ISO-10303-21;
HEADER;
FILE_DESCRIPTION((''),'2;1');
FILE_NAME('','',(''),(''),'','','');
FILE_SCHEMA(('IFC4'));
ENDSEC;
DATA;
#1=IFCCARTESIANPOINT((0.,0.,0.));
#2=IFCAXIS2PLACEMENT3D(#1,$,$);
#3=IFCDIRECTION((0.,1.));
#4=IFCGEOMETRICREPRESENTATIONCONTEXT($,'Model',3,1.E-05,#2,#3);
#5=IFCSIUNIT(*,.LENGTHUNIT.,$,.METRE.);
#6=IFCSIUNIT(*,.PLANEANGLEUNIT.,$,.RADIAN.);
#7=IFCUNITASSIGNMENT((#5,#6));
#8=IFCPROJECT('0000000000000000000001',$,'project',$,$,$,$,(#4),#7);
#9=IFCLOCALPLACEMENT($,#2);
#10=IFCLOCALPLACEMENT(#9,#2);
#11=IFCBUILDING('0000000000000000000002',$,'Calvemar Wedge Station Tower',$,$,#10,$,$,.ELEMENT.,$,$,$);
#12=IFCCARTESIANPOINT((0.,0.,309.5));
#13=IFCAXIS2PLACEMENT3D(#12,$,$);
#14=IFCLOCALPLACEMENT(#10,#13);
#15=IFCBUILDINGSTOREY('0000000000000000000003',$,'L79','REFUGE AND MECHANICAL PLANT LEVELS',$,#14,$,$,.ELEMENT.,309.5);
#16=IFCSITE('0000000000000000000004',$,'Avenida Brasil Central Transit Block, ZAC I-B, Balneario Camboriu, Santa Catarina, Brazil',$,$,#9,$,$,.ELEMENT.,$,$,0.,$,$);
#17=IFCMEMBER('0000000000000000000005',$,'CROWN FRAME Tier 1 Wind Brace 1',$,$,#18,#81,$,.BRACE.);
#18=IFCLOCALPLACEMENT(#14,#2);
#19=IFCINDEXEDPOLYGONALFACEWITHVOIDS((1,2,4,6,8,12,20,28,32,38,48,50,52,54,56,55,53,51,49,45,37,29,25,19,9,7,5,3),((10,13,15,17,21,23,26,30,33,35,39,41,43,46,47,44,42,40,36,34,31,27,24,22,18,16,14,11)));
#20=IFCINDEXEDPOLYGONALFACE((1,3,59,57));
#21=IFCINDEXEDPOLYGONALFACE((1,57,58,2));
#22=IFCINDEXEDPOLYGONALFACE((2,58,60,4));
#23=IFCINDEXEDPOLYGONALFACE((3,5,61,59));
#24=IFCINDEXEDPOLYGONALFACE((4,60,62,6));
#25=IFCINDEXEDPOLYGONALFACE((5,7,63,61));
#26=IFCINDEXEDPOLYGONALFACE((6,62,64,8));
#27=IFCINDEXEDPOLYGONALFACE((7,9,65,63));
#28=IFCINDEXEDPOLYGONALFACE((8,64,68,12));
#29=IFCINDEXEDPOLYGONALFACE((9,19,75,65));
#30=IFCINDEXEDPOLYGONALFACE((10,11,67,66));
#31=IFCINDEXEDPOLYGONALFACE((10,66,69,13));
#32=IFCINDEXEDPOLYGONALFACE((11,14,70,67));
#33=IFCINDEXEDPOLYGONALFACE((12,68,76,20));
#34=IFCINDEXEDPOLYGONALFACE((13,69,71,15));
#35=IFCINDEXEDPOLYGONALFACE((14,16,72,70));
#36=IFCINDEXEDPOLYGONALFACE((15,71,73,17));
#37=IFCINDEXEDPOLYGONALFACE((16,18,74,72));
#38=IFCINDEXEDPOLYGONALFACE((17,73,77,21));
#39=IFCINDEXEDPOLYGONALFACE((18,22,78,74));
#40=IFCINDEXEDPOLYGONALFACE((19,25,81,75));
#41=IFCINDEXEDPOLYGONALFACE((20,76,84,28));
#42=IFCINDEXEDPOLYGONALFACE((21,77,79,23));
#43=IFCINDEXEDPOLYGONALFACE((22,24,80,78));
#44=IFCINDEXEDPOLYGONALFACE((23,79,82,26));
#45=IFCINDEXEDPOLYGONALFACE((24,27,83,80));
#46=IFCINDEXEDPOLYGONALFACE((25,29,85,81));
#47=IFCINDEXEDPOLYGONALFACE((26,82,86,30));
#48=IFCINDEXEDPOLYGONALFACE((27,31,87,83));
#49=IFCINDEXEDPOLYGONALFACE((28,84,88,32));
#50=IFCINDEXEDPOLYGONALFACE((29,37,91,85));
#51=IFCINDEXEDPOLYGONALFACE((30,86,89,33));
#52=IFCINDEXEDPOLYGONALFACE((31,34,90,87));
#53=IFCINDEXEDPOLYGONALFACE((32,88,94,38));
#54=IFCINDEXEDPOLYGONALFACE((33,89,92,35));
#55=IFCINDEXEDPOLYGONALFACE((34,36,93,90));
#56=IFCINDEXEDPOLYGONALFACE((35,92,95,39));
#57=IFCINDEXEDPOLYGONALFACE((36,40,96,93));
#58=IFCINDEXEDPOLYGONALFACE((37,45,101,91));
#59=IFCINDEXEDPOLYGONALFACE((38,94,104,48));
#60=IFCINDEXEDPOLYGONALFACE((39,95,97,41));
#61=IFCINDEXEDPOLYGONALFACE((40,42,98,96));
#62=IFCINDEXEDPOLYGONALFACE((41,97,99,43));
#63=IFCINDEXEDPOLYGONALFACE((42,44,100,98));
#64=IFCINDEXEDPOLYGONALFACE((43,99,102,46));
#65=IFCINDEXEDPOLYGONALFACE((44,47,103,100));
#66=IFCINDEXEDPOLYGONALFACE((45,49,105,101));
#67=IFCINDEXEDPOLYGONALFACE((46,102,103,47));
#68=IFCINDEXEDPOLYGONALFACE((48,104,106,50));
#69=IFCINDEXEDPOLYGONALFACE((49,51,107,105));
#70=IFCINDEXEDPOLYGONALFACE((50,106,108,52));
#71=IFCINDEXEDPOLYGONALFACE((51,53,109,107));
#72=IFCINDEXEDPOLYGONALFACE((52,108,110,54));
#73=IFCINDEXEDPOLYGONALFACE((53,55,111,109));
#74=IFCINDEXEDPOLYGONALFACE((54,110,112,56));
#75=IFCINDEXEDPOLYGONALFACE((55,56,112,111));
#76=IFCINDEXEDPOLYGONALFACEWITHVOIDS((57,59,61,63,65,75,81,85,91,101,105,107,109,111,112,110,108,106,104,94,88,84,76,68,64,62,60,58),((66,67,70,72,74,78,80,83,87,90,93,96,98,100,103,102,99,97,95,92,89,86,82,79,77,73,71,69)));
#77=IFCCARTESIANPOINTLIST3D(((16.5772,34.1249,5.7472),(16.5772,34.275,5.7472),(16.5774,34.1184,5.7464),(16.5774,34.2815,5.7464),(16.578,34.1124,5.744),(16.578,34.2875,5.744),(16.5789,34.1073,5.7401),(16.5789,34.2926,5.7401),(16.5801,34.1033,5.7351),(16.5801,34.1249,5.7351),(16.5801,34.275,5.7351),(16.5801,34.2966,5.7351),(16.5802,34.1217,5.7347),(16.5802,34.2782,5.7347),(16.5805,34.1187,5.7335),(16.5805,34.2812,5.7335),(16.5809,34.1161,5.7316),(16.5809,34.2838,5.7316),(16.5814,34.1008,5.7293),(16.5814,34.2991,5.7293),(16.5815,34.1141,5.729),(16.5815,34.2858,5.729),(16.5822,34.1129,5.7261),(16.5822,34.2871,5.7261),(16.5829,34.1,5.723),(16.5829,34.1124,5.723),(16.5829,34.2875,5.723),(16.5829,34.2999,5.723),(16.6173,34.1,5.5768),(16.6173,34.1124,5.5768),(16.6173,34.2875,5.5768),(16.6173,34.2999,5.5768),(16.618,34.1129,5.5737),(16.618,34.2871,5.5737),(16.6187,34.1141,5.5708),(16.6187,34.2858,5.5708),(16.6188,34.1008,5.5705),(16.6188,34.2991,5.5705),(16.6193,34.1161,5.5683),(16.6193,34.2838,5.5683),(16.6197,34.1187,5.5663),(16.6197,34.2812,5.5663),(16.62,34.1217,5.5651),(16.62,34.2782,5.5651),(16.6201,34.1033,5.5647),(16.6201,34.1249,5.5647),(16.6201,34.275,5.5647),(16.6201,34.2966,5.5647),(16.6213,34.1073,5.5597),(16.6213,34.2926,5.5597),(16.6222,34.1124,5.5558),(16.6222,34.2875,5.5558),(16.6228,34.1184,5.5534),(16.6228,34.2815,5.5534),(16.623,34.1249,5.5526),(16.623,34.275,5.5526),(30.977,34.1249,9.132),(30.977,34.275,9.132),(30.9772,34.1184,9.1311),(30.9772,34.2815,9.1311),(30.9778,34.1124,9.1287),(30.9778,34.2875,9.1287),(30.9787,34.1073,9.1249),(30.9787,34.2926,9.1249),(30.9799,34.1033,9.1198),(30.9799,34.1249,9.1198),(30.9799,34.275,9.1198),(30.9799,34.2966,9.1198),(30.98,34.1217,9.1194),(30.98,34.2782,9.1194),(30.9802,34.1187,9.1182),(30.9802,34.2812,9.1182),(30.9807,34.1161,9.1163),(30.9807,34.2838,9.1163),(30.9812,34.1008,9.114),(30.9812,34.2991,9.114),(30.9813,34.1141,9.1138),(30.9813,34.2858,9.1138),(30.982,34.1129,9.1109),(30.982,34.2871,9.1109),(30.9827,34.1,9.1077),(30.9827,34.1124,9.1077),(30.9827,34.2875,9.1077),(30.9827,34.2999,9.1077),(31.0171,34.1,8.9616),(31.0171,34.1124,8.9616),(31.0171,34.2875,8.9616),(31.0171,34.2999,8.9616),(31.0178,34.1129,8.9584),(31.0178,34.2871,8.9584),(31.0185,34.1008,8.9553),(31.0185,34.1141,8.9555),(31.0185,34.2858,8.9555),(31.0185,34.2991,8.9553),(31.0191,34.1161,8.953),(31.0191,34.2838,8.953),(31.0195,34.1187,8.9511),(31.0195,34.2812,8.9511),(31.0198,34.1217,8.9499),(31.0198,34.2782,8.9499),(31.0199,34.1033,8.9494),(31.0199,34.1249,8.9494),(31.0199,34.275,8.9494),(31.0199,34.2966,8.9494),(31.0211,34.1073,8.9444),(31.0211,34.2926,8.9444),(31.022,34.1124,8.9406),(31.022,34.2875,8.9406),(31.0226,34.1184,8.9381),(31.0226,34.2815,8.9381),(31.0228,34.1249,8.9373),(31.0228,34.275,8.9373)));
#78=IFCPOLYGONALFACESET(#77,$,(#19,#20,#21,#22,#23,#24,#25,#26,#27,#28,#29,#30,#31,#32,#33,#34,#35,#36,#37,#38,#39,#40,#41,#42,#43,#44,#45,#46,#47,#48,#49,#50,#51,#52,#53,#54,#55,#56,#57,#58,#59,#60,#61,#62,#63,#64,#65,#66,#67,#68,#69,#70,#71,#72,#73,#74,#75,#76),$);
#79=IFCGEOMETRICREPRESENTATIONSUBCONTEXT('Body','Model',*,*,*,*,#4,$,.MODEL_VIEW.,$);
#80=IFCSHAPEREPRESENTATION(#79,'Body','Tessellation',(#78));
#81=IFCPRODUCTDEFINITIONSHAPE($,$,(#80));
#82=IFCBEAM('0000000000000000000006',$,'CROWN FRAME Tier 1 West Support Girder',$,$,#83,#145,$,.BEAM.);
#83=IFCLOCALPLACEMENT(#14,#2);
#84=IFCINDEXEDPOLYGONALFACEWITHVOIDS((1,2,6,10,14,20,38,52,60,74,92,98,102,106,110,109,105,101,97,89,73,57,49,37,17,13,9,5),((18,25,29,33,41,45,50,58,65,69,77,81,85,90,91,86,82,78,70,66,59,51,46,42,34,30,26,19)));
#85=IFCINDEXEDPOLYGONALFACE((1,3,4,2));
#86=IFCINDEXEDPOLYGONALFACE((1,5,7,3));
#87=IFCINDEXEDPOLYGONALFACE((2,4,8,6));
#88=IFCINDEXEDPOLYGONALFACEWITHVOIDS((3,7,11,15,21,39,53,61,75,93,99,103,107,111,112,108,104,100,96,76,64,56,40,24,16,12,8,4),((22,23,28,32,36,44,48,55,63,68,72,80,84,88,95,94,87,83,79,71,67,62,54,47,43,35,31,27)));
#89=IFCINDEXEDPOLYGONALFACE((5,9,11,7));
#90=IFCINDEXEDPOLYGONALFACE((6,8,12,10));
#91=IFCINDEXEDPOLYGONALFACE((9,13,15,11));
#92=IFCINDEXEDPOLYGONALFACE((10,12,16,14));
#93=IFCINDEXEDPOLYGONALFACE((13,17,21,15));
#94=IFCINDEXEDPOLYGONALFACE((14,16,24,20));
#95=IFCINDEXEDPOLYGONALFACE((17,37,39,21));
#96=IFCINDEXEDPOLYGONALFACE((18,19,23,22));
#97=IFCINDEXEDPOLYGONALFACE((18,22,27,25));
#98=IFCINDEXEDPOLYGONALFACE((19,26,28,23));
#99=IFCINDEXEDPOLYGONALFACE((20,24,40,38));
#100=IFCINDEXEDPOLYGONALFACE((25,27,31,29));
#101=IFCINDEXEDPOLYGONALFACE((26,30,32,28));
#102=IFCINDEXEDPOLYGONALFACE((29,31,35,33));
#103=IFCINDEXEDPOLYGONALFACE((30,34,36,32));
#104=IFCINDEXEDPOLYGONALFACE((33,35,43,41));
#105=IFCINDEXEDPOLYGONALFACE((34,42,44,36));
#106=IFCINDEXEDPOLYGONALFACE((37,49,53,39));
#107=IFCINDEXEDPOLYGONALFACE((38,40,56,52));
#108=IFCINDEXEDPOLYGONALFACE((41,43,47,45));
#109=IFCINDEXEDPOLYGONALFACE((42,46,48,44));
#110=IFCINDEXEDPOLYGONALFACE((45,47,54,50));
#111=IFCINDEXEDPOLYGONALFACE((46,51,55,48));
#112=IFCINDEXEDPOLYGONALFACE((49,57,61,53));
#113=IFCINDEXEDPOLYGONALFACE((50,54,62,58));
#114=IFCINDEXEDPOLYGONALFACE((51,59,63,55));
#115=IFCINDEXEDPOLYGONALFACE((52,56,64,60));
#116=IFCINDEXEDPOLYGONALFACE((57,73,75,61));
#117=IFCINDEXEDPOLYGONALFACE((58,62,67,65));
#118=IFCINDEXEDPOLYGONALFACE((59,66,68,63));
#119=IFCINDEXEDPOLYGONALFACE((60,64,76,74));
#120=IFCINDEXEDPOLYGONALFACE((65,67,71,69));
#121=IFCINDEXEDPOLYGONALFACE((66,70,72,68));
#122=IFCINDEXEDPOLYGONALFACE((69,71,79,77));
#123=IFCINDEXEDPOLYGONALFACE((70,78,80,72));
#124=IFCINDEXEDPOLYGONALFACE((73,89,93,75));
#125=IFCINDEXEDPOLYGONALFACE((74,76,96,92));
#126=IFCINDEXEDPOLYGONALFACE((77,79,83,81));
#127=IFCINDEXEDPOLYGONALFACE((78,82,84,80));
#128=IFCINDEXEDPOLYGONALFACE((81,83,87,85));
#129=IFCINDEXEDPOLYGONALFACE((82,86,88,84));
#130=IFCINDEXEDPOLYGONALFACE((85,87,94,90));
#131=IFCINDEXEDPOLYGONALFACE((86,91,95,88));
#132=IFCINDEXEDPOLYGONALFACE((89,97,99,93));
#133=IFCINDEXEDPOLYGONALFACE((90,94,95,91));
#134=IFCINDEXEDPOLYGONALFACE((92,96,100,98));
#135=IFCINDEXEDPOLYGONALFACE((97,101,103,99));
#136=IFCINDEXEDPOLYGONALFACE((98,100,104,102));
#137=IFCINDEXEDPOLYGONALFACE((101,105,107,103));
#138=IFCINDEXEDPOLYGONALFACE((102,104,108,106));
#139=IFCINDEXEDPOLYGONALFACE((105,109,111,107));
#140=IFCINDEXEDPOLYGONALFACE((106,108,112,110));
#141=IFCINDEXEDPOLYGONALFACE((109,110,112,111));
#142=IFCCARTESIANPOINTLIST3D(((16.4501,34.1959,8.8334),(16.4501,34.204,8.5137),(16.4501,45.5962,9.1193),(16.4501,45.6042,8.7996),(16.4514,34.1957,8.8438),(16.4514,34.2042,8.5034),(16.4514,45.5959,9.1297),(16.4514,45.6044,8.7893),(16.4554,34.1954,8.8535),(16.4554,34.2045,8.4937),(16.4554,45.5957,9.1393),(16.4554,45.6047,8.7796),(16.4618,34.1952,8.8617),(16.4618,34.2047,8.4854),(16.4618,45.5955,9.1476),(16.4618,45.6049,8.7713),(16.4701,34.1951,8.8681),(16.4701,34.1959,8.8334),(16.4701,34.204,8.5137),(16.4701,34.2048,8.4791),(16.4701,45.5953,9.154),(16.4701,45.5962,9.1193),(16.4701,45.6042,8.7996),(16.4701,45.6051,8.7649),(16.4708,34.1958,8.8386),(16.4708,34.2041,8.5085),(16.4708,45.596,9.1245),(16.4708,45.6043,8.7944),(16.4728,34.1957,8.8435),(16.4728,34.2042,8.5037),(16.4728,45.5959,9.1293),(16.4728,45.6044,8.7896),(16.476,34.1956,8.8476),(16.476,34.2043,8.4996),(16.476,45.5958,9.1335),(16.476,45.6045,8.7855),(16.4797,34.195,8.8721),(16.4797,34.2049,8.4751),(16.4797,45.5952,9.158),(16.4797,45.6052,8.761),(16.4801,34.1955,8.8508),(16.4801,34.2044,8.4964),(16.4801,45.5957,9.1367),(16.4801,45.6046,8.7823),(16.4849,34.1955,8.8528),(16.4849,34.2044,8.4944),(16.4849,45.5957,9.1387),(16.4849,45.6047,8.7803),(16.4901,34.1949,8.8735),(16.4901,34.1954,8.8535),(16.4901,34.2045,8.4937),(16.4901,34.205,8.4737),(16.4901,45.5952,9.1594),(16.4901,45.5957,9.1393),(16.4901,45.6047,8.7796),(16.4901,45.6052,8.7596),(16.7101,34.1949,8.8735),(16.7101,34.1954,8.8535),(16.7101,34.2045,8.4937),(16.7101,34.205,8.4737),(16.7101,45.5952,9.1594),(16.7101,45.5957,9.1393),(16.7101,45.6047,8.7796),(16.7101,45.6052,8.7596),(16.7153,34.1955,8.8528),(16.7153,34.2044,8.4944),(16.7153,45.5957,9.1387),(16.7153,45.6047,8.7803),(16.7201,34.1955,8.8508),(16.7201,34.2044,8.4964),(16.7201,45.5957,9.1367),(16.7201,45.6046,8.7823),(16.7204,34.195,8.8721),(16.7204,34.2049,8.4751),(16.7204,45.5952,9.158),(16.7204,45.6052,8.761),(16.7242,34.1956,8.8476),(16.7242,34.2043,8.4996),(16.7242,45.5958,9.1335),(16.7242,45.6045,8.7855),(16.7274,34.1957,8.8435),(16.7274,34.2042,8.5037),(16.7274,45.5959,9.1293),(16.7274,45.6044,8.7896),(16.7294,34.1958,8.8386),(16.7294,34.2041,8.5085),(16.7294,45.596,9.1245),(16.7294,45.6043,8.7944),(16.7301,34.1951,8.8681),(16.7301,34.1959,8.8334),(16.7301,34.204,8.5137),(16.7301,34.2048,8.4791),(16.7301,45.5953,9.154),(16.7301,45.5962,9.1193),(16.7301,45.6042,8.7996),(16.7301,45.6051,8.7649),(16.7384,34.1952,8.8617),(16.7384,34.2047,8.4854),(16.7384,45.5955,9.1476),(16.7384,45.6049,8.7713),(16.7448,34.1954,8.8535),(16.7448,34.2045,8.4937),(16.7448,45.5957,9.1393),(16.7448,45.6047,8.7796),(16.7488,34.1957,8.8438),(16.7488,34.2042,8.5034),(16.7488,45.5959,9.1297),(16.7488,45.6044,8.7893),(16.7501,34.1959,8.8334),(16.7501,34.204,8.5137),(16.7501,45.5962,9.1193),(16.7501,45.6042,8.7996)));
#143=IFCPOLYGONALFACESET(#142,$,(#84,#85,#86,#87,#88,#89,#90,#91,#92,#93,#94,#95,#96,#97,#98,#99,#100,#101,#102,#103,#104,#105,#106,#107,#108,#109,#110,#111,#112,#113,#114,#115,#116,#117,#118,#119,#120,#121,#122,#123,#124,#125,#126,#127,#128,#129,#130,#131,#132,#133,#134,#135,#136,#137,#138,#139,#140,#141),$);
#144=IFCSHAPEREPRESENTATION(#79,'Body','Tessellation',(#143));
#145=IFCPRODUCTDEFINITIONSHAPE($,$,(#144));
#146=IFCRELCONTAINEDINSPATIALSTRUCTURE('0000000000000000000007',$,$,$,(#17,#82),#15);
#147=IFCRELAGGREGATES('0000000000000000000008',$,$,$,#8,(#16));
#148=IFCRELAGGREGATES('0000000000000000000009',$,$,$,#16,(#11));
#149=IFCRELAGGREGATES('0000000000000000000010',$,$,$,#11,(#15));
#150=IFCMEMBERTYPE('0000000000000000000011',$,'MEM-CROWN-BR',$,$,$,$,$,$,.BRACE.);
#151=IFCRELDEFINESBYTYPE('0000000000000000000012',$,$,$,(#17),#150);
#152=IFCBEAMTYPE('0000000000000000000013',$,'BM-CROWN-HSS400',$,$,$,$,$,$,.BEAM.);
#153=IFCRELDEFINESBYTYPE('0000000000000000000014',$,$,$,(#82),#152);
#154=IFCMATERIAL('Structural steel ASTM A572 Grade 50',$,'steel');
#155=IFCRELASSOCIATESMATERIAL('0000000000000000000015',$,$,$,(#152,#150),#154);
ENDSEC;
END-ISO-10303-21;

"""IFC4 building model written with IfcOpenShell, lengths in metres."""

from ifc_helpers import new_model, si_unit, direction, frame, origin, origin_2d, place, context, subcontext, project, spatial, hollow_rectangle, extrude, source, transform, mapped, material, material_profile, profile_set, type_object, element, save


model = new_model("IFC4")

# Units and contexts
model_context = context("Model", 3, precision=1e-05, world=origin(), true_north=direction((0.0, 1.0)))
body_context = subcontext(model_context, "Body", "Model", "MODEL_VIEW")
ifc_project = project(units=[si_unit("LENGTHUNIT", "METRE"), si_unit("PLANEANGLEUNIT", "RADIAN")], contexts=[model_context])

# Site, building, storey
site_placement = place(None, origin())
site = spatial("IfcSite", under=ifc_project, at=site_placement, Name="Avenida Brasil Central Transit Block, ZAC I-B, Balneario Camboriu, Santa Catarina, Brazil", CompositionType="ELEMENT", RefElevation=0.0)
building_placement = place(site_placement, origin())
building = spatial("IfcBuilding", under=site, at=building_placement, Name="Calvemar Wedge Station Tower", CompositionType="ELEMENT")
storey_placement = place(building_placement, frame((0.0, 0.0, 309.5)))
storey = spatial("IfcBuildingStorey", under=building, at=storey_placement, Name="L79", Description="REFUGE AND MECHANICAL PLANT LEVELS", CompositionType="ELEMENT", Elevation=309.5)

# Shared definitions
ifc_material_1 = material(Name="Structural steel ASTM A572 Grade 50", Category="steel")

# Shared definitions
ifc_material_profile_1 = material_profile(ifc_material_1, hollow_rectangle(XDim=0.3, YDim=0.3999, WallThickness=0.02, InnerFilletRadius=0.02, OuterFilletRadius=0.04, at=origin_2d()), Name="HSS400x300x20")
ifc_profile_set_1 = profile_set([ifc_material_profile_1], Name="Structural steel ASTM A572 Grade 50")
beam_type_1 = type_object("IfcBeamType", Name="BM-CROWN-HSS400", PredefinedType="BEAM", material=ifc_profile_set_1)

# Member
ifc_material_profile_2 = material_profile(ifc_material_1, hollow_rectangle(XDim=0.2, YDim=0.2, WallThickness=0.0125, InnerFilletRadius=0.0125, OuterFilletRadius=0.0249, at=origin_2d()), Name="HSS200x200x12.5")
ifc_profile_set_2 = profile_set([ifc_material_profile_2], Name="Structural steel ASTM A572 Grade 50")
member_type_1 = type_object("IfcMemberType", Name="MEM-CROWN-BR", PredefinedType="BRACE", material=ifc_profile_set_2)
shared_shape_1 = source(origin(), body_context, "Body", "SweptSolid", [
    extrude(hollow_rectangle(XDim=0.2, YDim=0.2, WallThickness=0.0125, InnerFilletRadius=0.0125, OuterFilletRadius=0.0249, at=origin_2d()), origin(), (0.0, 0.0, 1.0), 14.7922),
])
member_1_placement = place(storey_placement, frame((16.6001, 34.2, 5.6499), z_axis=(0.973469, 0.0, 0.228819), x_axis=(0.0, 1.0, 0.0)))
element("IfcMember", 1, at=member_1_placement, inside=storey, type_object=member_type_1, Name="CROWN FRAME Tier 1 Wind Brace 1", PredefinedType="BRACE", context=body_context, shape_type="MappedRepresentation", body=[
    mapped(shared_shape_1, transform((0.0, 0.0, 0.0), scale=1.0)),
])

# Beam
shared_shape_2 = source(origin(), body_context, "Body", "SweptSolid", [
    extrude(hollow_rectangle(XDim=0.3, YDim=0.3999, WallThickness=0.02, InnerFilletRadius=0.02, OuterFilletRadius=0.04, at=origin_2d()), origin(), (0.0, 0.0, 1.0), 11.4038),
])
for number, where, z_axis, x_axis, name in (
    (2, (16.6001, 34.2, 8.6736), (0.0, 0.999686, 0.02507), (-1.0, 0.0, 0.0), "CROWN FRAME Tier 1 West Support Girder"),
):
    element("IfcBeam", number, at=place(storey_placement, frame(where, z_axis=z_axis, x_axis=x_axis)), inside=storey, type_object=beam_type_1, Name=name, PredefinedType="BEAM", context=body_context, shape_type="MappedRepresentation", body=[
        mapped(shared_shape_2, transform((0.0, 0.0, 0.0), scale=1.0)),
    ])

save(model, "model.ifc")
